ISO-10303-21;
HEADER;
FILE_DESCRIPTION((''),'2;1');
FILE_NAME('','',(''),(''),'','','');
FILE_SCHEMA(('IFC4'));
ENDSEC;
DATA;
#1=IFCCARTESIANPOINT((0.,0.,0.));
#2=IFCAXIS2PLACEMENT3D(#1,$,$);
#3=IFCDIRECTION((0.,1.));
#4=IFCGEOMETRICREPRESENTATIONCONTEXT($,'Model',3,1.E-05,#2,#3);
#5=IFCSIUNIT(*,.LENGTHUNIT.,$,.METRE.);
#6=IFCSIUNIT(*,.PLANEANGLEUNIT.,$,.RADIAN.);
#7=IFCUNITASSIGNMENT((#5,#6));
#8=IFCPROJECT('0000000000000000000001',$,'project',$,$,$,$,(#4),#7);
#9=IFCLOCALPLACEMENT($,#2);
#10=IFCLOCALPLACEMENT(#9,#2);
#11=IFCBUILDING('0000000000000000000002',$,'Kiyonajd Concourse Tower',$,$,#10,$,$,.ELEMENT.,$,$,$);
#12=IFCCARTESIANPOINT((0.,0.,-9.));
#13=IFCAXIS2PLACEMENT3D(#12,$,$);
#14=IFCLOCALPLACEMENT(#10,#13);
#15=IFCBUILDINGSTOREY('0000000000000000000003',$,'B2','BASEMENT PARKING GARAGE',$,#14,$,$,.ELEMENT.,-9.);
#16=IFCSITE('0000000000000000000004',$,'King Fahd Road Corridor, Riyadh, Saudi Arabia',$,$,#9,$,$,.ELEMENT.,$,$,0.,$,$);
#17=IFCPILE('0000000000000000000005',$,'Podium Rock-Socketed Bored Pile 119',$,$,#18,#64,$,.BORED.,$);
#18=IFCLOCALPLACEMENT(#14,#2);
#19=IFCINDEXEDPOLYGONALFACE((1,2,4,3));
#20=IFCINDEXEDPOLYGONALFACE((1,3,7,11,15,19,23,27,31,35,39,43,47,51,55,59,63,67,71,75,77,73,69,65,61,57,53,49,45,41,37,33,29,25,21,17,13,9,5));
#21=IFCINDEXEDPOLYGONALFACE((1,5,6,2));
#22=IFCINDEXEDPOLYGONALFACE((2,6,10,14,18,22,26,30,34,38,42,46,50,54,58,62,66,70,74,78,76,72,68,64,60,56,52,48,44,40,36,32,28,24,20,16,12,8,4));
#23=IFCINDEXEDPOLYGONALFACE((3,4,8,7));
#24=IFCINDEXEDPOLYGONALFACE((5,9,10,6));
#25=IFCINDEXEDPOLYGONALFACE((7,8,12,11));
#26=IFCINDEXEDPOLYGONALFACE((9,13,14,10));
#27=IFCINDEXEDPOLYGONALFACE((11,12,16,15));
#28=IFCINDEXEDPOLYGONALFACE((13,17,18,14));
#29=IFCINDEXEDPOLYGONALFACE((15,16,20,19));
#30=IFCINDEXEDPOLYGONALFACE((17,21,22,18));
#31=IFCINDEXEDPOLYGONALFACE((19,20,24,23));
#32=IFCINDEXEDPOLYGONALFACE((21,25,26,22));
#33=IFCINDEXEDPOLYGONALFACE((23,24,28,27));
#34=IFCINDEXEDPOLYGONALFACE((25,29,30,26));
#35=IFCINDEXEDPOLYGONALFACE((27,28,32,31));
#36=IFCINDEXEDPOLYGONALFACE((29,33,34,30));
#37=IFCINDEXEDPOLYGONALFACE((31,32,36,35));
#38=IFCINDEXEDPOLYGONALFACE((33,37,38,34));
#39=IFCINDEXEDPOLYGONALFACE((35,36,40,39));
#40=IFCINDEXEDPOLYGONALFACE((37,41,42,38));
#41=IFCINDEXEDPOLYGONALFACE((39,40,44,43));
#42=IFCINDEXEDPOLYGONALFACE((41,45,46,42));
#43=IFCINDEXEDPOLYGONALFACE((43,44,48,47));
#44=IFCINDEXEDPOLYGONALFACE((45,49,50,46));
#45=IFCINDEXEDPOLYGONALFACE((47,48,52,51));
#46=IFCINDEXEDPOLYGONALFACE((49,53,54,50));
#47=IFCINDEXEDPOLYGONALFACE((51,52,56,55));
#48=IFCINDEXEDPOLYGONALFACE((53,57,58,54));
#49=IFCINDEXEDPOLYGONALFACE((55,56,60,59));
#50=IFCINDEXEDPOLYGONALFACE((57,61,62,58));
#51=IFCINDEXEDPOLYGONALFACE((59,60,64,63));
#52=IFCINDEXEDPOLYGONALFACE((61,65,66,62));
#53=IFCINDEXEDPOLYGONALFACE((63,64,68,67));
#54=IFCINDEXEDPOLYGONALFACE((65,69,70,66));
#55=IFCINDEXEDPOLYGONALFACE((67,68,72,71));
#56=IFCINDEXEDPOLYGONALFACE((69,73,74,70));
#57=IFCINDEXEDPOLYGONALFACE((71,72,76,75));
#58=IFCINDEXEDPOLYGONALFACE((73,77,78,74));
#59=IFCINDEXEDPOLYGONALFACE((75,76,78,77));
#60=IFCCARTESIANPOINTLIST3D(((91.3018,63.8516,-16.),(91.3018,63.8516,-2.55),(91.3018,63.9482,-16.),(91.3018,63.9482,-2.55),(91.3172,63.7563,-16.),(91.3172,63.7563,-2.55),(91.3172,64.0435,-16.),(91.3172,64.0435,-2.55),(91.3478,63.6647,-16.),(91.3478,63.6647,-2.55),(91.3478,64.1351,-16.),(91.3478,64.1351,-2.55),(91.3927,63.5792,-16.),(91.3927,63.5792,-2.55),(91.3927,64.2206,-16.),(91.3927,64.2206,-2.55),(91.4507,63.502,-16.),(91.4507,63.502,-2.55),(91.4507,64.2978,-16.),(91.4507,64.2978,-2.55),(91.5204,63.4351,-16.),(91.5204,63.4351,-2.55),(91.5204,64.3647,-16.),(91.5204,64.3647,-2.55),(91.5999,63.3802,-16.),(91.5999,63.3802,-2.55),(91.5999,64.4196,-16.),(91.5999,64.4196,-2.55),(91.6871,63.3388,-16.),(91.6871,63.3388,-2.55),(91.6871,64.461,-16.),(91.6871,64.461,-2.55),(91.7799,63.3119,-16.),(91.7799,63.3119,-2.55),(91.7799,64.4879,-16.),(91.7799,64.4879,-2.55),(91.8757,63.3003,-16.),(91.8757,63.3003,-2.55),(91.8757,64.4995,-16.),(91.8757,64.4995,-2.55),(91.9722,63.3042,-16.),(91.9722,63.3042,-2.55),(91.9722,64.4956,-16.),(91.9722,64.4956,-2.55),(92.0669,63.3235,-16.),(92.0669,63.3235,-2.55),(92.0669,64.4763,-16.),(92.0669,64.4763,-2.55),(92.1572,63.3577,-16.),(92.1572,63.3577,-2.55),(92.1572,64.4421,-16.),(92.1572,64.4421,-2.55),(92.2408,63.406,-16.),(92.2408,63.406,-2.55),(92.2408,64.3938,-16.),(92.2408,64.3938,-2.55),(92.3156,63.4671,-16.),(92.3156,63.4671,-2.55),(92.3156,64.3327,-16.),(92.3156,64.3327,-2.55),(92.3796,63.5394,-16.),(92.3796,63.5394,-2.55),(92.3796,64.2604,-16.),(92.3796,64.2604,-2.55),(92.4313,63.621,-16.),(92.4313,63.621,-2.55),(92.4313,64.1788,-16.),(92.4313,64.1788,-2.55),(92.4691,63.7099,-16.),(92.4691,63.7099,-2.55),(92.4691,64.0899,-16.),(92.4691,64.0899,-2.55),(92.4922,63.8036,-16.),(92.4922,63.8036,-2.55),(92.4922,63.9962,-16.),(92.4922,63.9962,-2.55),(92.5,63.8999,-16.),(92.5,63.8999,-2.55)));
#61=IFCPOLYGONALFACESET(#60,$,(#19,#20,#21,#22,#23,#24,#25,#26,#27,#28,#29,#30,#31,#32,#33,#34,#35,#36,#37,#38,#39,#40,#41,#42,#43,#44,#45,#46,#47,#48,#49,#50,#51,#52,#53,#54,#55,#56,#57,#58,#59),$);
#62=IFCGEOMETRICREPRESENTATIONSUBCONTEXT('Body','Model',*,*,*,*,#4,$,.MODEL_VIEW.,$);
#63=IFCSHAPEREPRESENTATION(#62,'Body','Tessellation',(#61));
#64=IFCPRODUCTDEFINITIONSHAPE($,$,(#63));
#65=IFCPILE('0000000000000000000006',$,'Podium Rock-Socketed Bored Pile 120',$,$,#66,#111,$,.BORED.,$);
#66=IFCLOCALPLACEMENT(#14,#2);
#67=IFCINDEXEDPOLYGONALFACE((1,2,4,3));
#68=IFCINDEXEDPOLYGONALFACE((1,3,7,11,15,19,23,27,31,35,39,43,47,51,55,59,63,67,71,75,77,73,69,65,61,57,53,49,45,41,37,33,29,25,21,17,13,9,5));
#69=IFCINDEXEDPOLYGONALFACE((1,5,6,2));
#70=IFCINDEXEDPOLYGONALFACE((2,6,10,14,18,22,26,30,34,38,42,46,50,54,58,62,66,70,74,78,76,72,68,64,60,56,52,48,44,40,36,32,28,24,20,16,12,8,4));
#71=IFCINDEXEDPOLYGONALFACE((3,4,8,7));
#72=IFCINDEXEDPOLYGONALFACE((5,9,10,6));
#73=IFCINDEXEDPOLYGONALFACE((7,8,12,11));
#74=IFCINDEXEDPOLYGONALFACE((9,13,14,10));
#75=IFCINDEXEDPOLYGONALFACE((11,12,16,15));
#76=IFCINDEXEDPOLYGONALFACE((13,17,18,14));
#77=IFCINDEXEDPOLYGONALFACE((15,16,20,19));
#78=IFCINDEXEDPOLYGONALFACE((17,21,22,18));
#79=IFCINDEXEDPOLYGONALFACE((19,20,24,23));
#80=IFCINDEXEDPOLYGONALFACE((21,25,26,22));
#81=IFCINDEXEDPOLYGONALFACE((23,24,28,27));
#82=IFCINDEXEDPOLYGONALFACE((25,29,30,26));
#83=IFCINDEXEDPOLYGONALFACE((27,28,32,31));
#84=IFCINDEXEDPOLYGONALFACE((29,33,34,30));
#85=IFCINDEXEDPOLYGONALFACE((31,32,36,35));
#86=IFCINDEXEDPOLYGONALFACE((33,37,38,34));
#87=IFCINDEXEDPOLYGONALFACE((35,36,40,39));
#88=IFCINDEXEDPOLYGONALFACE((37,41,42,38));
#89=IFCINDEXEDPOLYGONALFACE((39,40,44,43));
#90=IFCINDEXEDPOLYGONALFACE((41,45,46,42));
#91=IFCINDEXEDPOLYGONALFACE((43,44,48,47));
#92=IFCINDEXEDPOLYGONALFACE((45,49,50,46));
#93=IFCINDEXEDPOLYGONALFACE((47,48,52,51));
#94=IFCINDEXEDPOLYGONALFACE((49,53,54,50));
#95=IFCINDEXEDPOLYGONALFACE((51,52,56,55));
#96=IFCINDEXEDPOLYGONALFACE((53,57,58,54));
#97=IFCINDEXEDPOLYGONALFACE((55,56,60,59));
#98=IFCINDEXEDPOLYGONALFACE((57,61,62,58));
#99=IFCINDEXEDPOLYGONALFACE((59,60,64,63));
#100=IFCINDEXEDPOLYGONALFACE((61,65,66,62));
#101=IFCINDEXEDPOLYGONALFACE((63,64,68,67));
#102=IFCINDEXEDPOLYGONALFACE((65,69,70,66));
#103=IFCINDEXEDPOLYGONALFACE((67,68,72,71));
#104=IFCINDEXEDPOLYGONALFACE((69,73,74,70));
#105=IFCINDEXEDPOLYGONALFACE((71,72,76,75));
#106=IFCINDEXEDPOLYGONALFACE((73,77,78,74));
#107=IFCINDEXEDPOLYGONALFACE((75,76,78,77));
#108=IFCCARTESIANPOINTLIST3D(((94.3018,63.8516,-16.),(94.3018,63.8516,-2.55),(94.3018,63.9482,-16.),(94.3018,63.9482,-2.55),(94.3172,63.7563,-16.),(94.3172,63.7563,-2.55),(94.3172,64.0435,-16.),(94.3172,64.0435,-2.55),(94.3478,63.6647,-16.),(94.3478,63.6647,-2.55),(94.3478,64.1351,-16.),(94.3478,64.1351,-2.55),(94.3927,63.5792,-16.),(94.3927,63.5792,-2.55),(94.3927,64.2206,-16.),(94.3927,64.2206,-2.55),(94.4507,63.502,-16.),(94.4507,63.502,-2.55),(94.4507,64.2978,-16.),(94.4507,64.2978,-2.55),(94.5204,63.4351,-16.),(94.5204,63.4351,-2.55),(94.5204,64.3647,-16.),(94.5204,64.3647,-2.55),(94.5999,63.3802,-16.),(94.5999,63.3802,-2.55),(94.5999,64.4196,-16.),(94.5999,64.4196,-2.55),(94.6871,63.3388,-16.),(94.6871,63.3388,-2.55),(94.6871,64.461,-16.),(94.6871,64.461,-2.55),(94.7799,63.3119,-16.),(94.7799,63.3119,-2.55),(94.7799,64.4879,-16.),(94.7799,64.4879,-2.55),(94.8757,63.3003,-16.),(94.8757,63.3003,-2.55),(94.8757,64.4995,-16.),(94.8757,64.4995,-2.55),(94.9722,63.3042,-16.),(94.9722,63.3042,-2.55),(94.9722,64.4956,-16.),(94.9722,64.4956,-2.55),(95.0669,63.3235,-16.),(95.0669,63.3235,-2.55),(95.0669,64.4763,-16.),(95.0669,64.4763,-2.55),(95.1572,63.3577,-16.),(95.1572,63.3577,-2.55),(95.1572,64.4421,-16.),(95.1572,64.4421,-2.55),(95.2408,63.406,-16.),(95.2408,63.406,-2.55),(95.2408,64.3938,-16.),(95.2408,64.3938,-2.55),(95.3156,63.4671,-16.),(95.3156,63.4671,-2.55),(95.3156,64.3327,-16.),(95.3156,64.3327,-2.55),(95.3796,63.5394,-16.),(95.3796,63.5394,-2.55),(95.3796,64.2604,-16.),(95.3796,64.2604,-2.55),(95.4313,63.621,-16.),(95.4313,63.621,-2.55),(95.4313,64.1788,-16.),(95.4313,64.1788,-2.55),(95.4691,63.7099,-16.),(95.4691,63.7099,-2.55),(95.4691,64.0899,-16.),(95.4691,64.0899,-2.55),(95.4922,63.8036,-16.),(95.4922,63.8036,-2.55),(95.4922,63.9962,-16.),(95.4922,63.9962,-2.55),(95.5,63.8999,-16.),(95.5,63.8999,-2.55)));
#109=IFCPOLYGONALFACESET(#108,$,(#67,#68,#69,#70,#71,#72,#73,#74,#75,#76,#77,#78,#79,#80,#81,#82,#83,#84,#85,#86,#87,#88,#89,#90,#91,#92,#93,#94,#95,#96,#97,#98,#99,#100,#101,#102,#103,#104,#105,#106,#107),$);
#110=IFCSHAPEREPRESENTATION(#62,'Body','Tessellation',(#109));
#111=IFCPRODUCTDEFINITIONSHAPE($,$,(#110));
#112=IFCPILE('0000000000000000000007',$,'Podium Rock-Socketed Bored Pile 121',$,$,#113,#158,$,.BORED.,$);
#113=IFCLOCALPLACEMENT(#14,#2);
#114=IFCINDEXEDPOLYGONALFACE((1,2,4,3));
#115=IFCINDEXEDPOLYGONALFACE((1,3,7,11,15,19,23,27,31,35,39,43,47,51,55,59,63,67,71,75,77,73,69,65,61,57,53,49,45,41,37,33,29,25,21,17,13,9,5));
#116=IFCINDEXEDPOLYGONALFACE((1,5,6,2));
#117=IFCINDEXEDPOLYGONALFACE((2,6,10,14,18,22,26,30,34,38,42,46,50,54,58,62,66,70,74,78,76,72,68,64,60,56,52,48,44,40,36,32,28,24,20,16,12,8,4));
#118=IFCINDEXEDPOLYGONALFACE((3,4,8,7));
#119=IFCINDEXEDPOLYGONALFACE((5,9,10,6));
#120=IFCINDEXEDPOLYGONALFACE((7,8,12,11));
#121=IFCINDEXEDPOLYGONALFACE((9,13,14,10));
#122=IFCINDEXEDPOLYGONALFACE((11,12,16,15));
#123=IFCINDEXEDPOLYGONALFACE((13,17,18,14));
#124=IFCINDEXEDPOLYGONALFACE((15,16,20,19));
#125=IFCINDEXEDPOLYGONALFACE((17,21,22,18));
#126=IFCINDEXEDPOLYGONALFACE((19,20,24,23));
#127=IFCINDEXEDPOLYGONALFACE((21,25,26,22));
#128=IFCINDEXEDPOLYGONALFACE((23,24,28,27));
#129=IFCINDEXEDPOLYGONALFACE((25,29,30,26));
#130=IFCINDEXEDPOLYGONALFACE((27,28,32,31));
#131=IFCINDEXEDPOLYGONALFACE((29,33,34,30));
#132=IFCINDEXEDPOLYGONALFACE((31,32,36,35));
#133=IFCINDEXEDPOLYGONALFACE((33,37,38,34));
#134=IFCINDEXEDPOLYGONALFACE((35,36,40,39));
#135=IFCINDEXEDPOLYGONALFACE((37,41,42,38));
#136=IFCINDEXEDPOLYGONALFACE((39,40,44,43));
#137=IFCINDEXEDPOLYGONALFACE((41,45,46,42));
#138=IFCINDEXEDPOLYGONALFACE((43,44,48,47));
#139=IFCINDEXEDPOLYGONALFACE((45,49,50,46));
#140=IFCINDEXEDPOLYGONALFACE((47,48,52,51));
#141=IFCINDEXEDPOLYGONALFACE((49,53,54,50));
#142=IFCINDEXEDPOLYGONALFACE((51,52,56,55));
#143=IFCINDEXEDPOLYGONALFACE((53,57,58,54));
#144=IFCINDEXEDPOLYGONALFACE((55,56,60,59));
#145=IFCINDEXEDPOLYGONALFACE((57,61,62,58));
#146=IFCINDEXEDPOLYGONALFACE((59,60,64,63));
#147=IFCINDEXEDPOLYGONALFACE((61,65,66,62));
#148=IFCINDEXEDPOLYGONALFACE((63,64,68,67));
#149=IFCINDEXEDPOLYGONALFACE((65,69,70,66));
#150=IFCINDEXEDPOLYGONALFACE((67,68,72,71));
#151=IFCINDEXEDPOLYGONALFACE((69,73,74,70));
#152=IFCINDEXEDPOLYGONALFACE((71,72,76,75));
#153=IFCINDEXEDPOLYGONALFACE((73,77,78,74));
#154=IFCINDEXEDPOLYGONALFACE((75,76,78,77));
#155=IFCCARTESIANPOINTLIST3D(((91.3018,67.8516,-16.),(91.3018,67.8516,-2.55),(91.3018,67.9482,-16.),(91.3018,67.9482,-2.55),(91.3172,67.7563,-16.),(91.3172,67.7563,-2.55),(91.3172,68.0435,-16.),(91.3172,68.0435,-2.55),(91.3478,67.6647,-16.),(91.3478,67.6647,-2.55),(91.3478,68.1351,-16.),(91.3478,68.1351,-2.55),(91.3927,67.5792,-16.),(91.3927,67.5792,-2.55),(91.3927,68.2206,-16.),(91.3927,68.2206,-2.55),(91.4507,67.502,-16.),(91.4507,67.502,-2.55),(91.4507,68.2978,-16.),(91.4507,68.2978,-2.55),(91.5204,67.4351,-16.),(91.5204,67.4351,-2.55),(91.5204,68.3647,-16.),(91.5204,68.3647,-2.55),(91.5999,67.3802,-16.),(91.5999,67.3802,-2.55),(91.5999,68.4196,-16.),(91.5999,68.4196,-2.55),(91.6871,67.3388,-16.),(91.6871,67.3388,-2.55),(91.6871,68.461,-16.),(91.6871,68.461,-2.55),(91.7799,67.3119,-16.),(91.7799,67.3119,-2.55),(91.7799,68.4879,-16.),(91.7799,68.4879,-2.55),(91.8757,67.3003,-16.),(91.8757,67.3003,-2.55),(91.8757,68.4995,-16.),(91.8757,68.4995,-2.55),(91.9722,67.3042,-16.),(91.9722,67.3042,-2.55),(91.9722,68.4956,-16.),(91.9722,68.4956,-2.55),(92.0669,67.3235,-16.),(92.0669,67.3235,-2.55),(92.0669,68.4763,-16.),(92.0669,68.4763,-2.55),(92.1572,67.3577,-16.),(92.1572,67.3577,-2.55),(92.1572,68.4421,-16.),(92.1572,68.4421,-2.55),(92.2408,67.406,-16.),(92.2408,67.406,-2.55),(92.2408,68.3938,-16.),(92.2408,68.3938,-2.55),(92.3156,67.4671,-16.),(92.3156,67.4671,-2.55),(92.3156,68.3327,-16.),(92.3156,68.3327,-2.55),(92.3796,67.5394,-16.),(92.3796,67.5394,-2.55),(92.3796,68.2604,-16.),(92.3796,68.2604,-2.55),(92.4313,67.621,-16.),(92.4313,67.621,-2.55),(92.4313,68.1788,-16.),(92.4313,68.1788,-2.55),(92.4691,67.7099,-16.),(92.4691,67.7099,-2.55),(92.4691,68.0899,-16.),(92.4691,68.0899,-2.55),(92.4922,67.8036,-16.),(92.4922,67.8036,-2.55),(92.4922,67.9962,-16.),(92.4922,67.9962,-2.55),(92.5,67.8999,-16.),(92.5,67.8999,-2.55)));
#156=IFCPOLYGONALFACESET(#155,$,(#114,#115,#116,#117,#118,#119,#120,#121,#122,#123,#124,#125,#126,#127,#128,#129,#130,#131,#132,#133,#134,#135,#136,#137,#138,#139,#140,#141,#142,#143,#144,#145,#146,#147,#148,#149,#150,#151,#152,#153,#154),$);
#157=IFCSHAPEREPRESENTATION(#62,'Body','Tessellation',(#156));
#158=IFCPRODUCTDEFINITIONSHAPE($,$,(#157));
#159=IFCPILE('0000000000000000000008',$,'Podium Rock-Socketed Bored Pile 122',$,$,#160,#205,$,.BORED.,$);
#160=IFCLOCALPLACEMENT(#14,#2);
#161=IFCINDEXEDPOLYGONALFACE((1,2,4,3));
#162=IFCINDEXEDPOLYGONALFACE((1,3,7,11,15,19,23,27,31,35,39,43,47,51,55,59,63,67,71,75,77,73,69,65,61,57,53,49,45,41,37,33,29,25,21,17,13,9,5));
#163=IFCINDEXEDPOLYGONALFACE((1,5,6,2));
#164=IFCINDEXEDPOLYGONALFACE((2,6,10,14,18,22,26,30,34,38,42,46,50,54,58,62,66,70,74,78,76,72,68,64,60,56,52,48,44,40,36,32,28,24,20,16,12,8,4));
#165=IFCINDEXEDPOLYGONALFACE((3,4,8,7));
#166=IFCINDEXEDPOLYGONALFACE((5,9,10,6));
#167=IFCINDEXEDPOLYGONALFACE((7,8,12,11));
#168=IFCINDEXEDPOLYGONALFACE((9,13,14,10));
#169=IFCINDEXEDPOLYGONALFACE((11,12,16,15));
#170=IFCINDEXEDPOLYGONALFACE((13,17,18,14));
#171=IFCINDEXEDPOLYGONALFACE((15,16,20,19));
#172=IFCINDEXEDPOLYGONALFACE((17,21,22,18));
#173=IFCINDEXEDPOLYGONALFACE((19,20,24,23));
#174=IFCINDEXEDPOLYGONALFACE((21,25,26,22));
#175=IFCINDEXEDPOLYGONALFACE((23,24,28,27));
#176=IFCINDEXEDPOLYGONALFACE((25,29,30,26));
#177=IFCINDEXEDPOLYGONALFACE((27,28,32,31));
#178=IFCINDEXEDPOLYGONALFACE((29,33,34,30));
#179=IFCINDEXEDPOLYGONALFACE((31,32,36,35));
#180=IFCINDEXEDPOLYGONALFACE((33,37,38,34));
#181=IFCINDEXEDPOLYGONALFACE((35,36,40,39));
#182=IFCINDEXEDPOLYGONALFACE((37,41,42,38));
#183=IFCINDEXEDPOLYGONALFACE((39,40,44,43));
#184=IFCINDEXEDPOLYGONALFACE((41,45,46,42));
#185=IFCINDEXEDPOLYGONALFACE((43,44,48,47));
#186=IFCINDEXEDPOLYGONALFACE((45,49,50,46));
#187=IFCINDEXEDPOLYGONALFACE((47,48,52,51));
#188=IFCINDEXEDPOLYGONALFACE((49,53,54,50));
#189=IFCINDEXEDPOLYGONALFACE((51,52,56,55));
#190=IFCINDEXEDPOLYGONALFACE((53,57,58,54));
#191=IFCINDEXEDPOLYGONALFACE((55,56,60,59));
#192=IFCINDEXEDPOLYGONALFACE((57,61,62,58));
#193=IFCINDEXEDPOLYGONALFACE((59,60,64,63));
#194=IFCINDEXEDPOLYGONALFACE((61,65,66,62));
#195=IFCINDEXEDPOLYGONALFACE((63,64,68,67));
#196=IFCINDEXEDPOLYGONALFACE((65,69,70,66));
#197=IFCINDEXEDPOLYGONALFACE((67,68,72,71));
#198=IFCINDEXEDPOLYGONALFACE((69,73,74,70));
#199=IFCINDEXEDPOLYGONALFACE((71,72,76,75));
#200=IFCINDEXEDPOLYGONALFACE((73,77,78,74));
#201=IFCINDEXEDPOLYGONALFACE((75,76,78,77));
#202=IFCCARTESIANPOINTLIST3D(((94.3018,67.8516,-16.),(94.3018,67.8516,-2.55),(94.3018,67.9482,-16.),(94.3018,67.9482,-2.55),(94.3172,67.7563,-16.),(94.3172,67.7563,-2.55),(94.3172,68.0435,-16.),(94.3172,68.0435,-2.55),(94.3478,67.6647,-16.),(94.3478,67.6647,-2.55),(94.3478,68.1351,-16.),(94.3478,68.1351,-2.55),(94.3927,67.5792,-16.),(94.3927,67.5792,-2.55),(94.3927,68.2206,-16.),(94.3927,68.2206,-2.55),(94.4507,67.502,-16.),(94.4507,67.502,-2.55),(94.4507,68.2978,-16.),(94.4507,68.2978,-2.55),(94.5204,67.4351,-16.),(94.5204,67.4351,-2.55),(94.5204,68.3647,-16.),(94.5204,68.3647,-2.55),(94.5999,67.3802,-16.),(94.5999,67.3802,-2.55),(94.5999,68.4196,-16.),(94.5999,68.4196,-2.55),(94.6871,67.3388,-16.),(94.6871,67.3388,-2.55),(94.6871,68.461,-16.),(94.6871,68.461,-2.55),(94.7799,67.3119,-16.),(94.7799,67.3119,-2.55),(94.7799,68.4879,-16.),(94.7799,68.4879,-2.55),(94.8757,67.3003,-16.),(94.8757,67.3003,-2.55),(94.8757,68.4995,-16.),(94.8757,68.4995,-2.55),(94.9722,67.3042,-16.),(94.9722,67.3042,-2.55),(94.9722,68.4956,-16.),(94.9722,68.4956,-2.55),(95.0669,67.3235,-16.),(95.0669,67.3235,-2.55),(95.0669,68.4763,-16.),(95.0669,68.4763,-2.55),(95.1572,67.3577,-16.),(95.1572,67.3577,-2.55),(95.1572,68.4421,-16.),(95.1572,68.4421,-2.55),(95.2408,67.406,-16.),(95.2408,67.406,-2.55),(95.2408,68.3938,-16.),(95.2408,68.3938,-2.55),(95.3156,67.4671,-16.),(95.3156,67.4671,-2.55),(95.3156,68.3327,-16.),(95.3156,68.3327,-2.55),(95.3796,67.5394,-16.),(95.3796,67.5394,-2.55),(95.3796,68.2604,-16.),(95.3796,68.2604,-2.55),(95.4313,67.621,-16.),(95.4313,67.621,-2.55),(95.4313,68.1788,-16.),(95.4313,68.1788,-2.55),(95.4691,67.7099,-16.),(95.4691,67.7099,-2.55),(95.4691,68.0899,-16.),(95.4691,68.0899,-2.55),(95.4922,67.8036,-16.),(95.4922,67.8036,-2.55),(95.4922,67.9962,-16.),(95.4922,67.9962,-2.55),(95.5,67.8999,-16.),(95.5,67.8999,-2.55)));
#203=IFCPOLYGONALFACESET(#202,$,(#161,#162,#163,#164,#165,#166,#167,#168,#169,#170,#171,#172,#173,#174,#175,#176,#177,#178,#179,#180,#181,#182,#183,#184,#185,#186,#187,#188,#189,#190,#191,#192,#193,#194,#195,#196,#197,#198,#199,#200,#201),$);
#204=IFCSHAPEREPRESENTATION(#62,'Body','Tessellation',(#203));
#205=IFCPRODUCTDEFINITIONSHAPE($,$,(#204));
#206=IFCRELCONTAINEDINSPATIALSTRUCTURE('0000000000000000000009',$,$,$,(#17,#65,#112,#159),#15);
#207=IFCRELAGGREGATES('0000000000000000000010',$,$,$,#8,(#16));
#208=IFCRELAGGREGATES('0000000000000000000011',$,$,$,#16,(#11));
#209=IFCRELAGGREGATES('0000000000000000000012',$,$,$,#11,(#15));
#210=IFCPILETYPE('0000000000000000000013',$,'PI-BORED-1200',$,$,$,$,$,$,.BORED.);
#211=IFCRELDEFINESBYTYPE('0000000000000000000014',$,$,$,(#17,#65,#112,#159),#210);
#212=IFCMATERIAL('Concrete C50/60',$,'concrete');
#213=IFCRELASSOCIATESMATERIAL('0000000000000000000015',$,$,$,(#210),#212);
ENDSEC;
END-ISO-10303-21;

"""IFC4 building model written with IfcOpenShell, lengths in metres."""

from ifc_helpers import new_model, si_unit, direction, frame, origin, origin_2d, place, context, subcontext, project, spatial, circle, extrude, material, material_profile, profile_set, type_object, element, save


model = new_model("IFC4")

# Units and contexts
model_context = context("Model", 3, precision=1e-05, world=origin(), true_north=direction((0.0, 1.0)))
body_context = subcontext(model_context, "Body", "Model", "MODEL_VIEW")
ifc_project = project(units=[si_unit("LENGTHUNIT", "METRE"), si_unit("PLANEANGLEUNIT", "RADIAN")], contexts=[model_context])

# Site, building, storey
site_placement = place(None, origin())
site = spatial("IfcSite", under=ifc_project, at=site_placement, Name="King Fahd Road Corridor, Riyadh, Saudi Arabia", CompositionType="ELEMENT", RefElevation=0.0)
building_placement = place(site_placement, origin())
building = spatial("IfcBuilding", under=site, at=building_placement, Name="Kiyonajd Concourse Tower", CompositionType="ELEMENT")
storey_placement = place(building_placement, frame((0.0, 0.0, -9.0)))
storey = spatial("IfcBuildingStorey", under=building, at=storey_placement, Name="B2", Description="BASEMENT PARKING GARAGE", CompositionType="ELEMENT", Elevation=-9.0)

# Shared definitions
ifc_material_1 = material(Name="Concrete C50/60", Category="concrete")

# Piles
ifc_material_profile_1 = material_profile(ifc_material_1, circle(Radius=0.6001, at=origin_2d()), Name="PILE-D1200")
ifc_profile_set_1 = profile_set([ifc_material_profile_1], Name="Concrete C50/60")
pile_type = type_object("IfcPileType", Name="PI-BORED-1200", PredefinedType="BORED", material=ifc_profile_set_1)
for number, where, z_axis, x_axis, name in (
    (1, (91.8999, 63.8999, -2.55), (0.0, 0.0, -1.0), (1.0, 0.0, 0.0), "Podium Rock-Socketed Bored Pile 119"),
    (2, (94.8999, 63.8999, -2.55), (0.0, 0.0, -1.0), (1.0, 0.0, 0.0), "Podium Rock-Socketed Bored Pile 120"),
    (3, (91.8999, 67.8999, -2.55), (0.0, 0.0, -1.0), (1.0, 0.0, 0.0), "Podium Rock-Socketed Bored Pile 121"),
    (4, (94.8999, 67.8999, -2.55), (0.0, 0.0, -1.0), (1.0, 0.0, 0.0), "Podium Rock-Socketed Bored Pile 122"),
):
    element("IfcPile", number, at=place(storey_placement, frame(where, z_axis=z_axis, x_axis=x_axis)), inside=storey, type_object=pile_type, Name=name, PredefinedType="BORED", context=body_context, shape_type="SweptSolid", body=[
        extrude(circle(Radius=0.6001, at=origin_2d()), origin(), (0.0, 0.0, 1.0), 13.45),
    ])

save(model, "model.ifc")
